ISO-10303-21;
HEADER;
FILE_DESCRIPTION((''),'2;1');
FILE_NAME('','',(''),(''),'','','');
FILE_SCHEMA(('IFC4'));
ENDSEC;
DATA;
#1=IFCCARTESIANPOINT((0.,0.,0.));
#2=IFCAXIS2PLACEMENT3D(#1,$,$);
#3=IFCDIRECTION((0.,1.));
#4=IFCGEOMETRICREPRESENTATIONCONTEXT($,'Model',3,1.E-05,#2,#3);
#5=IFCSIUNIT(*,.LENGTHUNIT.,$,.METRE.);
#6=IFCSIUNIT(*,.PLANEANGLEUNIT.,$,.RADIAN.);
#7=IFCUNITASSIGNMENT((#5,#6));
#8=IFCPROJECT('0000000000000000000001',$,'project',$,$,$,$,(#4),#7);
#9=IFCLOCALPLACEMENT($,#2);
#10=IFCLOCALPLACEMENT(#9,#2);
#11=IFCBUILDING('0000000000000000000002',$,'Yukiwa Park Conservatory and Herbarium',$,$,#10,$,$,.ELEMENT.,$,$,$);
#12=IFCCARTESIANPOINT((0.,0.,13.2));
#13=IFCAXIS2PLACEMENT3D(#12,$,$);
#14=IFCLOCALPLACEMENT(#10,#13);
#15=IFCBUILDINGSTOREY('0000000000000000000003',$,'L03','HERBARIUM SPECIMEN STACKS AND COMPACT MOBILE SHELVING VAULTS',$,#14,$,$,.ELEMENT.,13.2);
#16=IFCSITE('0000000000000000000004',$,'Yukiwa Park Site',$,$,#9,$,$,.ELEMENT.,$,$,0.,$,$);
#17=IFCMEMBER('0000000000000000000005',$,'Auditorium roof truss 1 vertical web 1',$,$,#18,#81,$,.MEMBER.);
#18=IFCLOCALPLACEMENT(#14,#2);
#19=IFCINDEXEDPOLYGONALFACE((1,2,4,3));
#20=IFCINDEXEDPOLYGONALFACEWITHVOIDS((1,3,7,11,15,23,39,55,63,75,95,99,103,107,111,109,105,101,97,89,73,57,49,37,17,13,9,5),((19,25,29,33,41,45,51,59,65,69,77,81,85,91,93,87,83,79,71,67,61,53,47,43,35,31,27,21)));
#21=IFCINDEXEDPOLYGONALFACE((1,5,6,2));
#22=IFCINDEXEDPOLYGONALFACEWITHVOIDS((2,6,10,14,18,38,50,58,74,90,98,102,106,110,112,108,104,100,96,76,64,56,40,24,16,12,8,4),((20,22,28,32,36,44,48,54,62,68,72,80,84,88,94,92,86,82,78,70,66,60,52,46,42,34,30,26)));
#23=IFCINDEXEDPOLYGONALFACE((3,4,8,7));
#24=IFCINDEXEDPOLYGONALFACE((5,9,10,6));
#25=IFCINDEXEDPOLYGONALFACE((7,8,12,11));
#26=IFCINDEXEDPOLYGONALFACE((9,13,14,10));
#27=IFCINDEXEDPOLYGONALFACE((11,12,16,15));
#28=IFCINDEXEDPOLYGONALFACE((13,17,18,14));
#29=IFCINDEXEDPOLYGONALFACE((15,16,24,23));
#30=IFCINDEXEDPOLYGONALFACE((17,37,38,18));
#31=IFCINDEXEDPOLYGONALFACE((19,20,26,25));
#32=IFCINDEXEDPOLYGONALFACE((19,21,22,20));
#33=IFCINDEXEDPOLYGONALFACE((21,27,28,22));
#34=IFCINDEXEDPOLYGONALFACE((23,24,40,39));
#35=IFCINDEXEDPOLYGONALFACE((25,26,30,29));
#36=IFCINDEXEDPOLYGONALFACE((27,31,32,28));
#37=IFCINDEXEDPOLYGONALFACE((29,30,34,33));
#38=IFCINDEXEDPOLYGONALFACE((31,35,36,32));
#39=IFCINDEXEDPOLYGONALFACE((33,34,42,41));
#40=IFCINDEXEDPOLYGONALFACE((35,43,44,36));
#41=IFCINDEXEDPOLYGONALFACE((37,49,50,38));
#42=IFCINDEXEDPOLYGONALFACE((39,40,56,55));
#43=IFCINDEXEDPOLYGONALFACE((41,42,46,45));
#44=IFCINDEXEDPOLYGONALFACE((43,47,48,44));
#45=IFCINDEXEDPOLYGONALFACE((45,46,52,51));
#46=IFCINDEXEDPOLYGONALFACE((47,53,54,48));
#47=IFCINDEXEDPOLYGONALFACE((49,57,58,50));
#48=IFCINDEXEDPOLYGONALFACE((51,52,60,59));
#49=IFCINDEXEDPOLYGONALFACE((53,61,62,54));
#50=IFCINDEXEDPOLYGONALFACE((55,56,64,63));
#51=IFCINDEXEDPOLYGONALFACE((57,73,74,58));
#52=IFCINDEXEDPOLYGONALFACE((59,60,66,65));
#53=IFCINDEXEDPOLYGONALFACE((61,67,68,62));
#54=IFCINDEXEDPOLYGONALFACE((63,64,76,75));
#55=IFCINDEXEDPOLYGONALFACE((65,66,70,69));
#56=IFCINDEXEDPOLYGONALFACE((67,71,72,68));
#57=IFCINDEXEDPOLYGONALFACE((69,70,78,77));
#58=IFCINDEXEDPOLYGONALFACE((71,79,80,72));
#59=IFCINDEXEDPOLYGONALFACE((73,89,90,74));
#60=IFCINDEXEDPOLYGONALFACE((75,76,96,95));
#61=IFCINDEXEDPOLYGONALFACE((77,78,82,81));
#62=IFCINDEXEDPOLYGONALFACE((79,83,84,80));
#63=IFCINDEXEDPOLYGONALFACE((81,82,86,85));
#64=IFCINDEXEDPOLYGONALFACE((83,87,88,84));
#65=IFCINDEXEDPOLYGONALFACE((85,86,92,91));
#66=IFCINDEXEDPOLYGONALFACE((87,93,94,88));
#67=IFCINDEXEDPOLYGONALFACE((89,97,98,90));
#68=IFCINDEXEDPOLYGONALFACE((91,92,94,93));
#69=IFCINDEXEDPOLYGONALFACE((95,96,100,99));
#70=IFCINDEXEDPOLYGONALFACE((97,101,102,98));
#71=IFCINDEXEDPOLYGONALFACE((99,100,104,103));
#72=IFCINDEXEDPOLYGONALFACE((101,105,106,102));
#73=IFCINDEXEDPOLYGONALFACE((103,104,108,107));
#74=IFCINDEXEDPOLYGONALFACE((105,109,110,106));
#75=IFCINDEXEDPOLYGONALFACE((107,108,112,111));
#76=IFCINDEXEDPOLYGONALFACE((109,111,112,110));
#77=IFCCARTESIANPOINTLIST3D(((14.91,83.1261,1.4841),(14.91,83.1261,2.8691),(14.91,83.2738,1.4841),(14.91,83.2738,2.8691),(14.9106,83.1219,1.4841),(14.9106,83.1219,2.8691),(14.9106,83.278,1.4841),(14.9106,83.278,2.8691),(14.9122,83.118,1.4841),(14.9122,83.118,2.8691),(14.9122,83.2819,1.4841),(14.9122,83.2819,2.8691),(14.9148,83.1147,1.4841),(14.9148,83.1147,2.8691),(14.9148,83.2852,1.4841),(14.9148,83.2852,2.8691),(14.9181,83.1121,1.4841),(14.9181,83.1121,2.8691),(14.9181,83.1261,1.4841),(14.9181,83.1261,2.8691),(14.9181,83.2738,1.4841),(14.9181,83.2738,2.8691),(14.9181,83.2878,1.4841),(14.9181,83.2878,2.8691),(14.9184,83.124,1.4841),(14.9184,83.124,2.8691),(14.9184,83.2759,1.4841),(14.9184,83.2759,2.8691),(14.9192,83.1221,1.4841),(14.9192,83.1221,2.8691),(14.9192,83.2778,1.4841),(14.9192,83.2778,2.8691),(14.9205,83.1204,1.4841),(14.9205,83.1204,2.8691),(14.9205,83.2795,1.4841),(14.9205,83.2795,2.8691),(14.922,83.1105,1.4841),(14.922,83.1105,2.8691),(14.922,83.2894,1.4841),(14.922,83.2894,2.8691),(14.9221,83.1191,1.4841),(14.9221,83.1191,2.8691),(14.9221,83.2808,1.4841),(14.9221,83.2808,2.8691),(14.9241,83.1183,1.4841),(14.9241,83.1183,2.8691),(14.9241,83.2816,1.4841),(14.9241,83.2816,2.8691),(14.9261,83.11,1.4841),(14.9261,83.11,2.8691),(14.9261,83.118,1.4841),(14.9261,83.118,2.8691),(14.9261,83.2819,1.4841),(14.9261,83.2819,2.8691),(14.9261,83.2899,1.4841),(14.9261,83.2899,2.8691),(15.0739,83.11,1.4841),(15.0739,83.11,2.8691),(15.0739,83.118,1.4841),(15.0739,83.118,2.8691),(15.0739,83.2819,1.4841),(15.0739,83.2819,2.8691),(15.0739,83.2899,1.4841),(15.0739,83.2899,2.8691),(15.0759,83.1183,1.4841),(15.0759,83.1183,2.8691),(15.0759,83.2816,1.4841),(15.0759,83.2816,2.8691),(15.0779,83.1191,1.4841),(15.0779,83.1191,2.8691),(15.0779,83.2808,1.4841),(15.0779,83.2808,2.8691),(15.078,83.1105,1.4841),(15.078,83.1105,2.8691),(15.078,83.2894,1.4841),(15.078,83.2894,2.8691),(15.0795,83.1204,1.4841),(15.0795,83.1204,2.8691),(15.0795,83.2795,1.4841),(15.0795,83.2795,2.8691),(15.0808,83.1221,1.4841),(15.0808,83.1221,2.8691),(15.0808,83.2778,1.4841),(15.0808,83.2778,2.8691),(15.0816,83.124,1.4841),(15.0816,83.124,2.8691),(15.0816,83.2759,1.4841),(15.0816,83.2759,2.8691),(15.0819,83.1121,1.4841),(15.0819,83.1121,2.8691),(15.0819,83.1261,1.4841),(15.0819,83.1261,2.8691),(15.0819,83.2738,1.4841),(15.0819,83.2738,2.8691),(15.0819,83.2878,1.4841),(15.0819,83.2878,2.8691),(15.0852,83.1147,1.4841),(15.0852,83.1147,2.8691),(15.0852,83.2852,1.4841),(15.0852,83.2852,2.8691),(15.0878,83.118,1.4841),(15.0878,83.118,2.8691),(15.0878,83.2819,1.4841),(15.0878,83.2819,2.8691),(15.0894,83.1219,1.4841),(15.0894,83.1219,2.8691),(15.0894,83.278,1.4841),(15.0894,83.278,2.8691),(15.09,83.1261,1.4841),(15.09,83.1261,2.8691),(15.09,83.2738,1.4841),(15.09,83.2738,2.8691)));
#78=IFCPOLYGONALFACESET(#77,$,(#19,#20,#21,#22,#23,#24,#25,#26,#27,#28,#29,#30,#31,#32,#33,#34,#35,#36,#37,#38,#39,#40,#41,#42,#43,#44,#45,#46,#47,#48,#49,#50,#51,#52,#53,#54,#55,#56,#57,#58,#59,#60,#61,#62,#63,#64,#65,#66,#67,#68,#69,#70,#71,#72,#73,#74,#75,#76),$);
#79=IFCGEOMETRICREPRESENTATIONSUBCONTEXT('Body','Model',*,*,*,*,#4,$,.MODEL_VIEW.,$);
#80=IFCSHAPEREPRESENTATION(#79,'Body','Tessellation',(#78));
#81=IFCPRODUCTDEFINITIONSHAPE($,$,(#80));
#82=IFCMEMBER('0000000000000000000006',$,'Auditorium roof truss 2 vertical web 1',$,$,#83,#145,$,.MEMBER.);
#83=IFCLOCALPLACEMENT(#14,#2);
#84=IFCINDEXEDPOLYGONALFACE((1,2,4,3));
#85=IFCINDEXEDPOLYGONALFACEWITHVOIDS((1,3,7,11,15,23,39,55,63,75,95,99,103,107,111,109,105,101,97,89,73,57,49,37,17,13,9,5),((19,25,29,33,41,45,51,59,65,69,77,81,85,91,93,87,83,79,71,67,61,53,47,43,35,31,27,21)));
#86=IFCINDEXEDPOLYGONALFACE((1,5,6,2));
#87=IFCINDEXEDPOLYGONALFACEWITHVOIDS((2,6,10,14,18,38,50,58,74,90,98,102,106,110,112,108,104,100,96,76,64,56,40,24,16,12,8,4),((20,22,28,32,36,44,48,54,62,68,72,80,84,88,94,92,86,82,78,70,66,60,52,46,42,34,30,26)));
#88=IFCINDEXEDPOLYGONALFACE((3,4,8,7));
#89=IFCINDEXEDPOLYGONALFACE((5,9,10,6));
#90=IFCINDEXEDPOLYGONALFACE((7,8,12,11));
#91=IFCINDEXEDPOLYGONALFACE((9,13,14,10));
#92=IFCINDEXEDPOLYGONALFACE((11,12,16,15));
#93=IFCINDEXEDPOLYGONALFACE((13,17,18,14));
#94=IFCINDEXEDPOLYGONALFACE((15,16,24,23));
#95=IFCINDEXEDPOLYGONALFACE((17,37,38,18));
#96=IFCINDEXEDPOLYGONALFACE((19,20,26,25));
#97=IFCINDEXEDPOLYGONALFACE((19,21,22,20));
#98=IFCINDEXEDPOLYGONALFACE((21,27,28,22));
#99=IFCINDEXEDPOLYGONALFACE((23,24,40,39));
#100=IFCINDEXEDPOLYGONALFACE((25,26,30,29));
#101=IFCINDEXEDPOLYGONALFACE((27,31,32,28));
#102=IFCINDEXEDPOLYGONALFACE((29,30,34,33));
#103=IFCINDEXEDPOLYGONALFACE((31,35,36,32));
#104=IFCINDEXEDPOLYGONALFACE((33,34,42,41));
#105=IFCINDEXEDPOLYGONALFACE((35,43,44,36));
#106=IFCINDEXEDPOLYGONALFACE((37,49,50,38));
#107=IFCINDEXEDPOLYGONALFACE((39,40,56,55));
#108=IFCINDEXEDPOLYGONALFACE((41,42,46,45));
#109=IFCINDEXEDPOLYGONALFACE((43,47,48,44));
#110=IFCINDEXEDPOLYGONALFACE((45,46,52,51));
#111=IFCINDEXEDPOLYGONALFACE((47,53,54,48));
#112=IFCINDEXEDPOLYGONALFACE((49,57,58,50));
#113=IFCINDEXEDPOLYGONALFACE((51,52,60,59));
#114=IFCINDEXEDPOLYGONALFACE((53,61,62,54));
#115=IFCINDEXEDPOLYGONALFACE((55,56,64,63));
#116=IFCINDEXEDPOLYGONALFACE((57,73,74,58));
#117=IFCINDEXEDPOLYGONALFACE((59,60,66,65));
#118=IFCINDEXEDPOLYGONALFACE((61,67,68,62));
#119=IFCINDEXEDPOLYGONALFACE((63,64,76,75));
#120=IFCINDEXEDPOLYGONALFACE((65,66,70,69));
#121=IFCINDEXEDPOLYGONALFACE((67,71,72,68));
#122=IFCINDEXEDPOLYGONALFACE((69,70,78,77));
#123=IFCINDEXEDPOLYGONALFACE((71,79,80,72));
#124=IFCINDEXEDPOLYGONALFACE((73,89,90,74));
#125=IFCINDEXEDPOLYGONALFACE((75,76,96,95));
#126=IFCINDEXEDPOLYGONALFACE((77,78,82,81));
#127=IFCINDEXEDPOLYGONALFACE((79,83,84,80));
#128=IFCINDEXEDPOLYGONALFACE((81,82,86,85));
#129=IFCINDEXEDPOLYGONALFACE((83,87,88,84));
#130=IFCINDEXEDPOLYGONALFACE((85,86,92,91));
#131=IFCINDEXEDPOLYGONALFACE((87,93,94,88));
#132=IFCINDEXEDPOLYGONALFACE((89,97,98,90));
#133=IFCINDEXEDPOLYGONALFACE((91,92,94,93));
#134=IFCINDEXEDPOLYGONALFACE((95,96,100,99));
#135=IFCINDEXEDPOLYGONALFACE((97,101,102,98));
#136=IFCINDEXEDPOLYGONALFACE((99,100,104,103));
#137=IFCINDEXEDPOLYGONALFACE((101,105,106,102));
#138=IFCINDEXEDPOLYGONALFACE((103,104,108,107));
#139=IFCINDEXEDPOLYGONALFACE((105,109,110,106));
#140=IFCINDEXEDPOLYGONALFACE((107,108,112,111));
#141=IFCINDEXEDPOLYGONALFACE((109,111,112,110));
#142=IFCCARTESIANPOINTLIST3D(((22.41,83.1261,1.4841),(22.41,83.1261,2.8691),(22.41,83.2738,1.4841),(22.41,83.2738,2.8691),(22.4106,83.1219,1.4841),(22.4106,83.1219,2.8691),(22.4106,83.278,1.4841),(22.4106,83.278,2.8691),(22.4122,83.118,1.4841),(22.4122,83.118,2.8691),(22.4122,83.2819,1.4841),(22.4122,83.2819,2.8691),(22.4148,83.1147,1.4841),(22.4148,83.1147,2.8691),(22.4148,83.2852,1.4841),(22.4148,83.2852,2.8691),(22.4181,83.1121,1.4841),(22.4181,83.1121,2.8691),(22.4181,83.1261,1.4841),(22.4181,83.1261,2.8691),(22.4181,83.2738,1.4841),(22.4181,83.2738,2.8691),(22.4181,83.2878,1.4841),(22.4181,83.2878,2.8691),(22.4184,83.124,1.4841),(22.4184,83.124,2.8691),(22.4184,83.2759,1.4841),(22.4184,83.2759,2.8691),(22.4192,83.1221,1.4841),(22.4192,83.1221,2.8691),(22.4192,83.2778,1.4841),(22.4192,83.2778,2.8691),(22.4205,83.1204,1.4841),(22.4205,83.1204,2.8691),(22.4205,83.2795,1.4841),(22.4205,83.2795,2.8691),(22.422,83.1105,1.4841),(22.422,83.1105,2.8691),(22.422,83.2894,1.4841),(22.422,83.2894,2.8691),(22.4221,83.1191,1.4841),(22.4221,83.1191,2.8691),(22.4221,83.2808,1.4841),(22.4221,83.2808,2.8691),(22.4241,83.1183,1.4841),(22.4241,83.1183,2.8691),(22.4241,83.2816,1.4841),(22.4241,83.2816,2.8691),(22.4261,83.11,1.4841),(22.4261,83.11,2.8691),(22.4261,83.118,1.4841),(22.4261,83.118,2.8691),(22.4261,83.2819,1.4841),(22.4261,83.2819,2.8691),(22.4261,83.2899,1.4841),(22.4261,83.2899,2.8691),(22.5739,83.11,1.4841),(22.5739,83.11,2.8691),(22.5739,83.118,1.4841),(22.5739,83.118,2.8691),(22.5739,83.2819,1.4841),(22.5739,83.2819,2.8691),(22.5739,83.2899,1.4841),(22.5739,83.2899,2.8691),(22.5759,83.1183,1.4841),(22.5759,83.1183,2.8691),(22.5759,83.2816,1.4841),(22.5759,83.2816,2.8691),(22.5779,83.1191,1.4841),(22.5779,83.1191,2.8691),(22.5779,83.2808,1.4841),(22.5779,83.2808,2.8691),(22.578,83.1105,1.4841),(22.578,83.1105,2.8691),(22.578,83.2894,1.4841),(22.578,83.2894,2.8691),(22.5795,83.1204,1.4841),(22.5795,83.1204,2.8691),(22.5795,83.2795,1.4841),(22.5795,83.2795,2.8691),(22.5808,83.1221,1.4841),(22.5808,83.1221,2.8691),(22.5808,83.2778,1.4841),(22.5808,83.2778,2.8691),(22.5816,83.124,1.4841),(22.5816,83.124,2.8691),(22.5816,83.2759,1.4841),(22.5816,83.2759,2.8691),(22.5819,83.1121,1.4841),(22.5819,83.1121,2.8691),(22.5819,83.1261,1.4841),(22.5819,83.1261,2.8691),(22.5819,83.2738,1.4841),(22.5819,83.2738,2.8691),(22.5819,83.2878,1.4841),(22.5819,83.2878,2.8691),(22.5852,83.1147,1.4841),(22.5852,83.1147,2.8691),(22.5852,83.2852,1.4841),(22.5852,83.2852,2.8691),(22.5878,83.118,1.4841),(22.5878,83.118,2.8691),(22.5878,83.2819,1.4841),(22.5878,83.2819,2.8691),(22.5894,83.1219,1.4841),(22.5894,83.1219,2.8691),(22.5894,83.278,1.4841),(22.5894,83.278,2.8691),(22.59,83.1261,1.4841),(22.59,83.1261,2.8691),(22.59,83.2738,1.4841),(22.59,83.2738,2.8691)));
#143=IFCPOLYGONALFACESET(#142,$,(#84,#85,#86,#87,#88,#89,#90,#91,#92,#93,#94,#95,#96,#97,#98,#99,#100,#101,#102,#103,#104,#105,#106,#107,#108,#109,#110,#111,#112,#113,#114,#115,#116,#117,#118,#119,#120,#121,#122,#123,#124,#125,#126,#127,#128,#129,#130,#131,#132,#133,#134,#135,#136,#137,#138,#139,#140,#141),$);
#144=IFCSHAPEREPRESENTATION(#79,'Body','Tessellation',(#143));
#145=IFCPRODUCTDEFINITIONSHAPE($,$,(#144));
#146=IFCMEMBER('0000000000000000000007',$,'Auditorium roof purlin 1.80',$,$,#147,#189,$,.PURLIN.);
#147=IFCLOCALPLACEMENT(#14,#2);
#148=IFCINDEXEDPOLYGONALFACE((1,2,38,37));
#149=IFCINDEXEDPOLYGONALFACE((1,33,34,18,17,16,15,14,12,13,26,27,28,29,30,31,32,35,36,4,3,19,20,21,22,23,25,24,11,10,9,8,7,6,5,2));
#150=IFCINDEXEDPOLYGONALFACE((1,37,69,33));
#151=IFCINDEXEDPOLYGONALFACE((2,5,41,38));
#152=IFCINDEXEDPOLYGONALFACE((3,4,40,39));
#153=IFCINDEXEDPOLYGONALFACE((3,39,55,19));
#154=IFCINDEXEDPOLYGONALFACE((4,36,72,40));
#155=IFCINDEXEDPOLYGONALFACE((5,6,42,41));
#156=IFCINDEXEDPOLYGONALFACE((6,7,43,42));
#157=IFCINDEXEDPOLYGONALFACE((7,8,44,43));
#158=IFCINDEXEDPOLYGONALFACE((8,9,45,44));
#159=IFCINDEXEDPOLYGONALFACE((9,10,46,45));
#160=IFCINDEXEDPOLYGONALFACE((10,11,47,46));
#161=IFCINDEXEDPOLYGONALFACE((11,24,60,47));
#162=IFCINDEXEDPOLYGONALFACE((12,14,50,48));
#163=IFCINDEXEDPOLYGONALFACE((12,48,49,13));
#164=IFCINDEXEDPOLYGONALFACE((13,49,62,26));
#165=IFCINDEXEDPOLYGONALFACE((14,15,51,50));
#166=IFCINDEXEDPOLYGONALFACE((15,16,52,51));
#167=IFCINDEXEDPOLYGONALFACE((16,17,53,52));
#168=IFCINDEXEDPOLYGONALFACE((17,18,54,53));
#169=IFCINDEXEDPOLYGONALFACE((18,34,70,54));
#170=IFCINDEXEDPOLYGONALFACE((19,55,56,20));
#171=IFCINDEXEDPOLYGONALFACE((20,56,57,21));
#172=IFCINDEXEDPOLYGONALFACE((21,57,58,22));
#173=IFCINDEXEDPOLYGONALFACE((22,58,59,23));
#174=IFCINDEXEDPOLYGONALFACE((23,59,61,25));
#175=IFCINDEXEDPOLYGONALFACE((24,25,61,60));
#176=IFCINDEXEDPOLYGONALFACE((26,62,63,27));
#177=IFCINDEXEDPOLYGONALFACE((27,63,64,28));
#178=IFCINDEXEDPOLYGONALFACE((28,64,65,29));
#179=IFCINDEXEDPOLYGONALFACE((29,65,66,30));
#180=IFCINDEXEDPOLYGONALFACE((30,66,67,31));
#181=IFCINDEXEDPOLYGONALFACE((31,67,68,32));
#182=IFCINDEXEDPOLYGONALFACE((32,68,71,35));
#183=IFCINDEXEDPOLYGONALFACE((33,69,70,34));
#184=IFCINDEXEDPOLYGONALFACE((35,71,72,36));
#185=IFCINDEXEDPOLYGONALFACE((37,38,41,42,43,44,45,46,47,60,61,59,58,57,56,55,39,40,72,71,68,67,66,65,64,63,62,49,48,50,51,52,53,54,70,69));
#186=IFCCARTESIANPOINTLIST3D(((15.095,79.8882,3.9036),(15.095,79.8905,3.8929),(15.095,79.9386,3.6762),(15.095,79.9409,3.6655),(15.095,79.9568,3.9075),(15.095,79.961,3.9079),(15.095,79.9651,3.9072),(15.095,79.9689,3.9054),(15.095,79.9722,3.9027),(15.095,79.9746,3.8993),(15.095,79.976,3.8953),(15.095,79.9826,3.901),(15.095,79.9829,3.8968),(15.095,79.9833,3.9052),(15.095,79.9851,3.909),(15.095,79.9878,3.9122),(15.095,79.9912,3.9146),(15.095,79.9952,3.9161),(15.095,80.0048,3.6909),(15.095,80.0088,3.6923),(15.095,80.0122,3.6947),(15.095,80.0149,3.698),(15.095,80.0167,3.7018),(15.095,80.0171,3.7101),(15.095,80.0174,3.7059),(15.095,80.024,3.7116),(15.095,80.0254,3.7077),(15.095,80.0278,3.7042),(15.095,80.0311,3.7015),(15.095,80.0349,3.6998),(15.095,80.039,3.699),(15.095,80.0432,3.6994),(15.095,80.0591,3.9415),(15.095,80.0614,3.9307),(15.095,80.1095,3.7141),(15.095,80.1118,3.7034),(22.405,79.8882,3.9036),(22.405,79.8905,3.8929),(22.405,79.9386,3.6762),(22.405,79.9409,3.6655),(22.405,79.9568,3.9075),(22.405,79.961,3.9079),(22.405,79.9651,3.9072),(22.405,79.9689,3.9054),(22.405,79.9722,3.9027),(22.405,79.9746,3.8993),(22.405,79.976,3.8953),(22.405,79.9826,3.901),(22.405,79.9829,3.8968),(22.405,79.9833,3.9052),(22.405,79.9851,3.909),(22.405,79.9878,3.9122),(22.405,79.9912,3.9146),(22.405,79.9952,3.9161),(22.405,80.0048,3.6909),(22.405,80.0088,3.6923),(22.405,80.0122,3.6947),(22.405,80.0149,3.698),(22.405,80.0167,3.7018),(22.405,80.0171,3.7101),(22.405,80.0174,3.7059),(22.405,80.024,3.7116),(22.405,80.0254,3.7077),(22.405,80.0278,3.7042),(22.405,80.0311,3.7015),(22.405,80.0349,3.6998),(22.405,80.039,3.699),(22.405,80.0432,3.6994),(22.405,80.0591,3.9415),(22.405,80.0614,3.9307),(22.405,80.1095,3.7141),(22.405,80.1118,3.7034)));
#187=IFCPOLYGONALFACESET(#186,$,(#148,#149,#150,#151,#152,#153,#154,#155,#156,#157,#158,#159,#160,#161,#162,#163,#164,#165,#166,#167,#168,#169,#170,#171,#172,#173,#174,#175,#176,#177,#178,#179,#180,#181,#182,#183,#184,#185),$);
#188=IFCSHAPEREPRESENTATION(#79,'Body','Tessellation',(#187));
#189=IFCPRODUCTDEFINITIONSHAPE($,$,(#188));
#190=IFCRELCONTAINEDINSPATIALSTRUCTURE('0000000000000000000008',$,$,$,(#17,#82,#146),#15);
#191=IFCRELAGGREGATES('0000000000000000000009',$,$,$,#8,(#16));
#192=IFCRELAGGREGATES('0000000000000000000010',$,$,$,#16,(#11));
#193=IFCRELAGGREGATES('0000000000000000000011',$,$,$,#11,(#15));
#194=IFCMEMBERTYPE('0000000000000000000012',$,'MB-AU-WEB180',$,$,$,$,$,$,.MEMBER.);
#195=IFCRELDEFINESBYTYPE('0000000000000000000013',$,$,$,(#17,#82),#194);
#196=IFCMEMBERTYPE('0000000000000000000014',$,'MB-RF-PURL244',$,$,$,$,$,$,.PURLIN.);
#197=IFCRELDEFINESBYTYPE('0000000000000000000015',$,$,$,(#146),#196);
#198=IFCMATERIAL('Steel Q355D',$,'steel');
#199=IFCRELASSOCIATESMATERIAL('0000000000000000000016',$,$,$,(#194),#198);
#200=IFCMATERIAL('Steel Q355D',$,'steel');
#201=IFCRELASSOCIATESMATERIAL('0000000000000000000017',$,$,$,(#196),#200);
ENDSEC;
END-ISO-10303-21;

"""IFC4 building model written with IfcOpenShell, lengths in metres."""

from ifc_helpers import new_model, si_unit, direction, frame, origin, origin_2d, place, context, subcontext, project, spatial, hollow_rectangle, i_section, extrude, material, material_profile, profile_set, type_object, element, save


model = new_model("IFC4")

# Units and contexts
model_context = context("Model", 3, precision=1e-05, world=origin(), true_north=direction((0.0, 1.0)))
body_context = subcontext(model_context, "Body", "Model", "MODEL_VIEW")
ifc_project = project(units=[si_unit("LENGTHUNIT", "METRE"), si_unit("PLANEANGLEUNIT", "RADIAN")], contexts=[model_context])

# Site, building, storey
site_placement = place(None, origin())
site = spatial("IfcSite", under=ifc_project, at=site_placement, Name="Yukiwa Park Site", CompositionType="ELEMENT", RefElevation=0.0)
building_placement = place(site_placement, origin())
building = spatial("IfcBuilding", under=site, at=building_placement, Name="Yukiwa Park Conservatory and Herbarium", CompositionType="ELEMENT")
storey_placement = place(building_placement, frame((0.0, 0.0, 13.2)))
storey = spatial("IfcBuildingStorey", under=building, at=storey_placement, Name="L03", Description="HERBARIUM SPECIMEN STACKS AND COMPACT MOBILE SHELVING VAULTS", CompositionType="ELEMENT", Elevation=13.2)

# Members
ifc_material_1 = material(Name="Steel Q355D", Category="steel")
ifc_material_profile_1 = material_profile(ifc_material_1, hollow_rectangle(XDim=0.1799, YDim=0.1799, WallThickness=0.0081, InnerFilletRadius=0.0081, OuterFilletRadius=0.0161, at=origin_2d()), Name="SHS 180x180x8")
ifc_profile_set_1 = profile_set([ifc_material_profile_1], Name="Steel Q355D")
member_type_1 = type_object("IfcMemberType", Name="MB-AU-WEB180", PredefinedType="MEMBER", material=ifc_profile_set_1)
for number, where, z_axis, x_axis, name in (
    (1, (15.0, 83.2, 1.4841), (0.0, 0.0, 1.0), (1.0, 0.0, 0.0), "Auditorium roof truss 1 vertical web 1"),
    (2, (22.5, 83.2, 1.4841), (0.0, 0.0, 1.0), (1.0, 0.0, 0.0), "Auditorium roof truss 2 vertical web 1"),
):
    element("IfcMember", number, at=place(storey_placement, frame(where, z_axis=z_axis, x_axis=x_axis)), inside=storey, type_object=member_type_1, Name=name, PredefinedType="MEMBER", context=body_context, shape_type="SweptSolid", body=[
        extrude(hollow_rectangle(XDim=0.1799, YDim=0.1799, WallThickness=0.0081, InnerFilletRadius=0.0081, OuterFilletRadius=0.0161, at=origin_2d()), origin(), (0.0, 0.0, 1.0), 1.385),
    ])
ifc_material_2 = material(Name="Steel Q355D", Category="steel")
ifc_material_profile_2 = material_profile(ifc_material_2, i_section(OverallWidth=0.175, OverallDepth=0.2439, WebThickness=0.0071, FlangeThickness=0.011, FilletRadius=0.0161, at=origin_2d()), Name="HM 244x175x7x11")
ifc_profile_set_2 = profile_set([ifc_material_profile_2], Name="Steel Q355D")
member_type_2 = type_object("IfcMemberType", Name="MB-RF-PURL244", PredefinedType="PURLIN", material=ifc_profile_set_2)
for number, where, z_axis, x_axis, name in (
    (3, (15.095, 80.0, 3.8035), (1.0, 0.0, 0.0), (0.0, 0.976296, 0.21644), "Auditorium roof purlin 1.80"),
):
    element("IfcMember", number, at=place(storey_placement, frame(where, z_axis=z_axis, x_axis=x_axis)), inside=storey, type_object=member_type_2, Name=name, PredefinedType="PURLIN", context=body_context, shape_type="SweptSolid", body=[
        extrude(i_section(OverallWidth=0.175, OverallDepth=0.2439, WebThickness=0.0071, FlangeThickness=0.011, FilletRadius=0.0161, at=origin_2d()), origin(), (0.0, 0.0, 1.0), 7.3101),
    ])

save(model, "model.ifc")
